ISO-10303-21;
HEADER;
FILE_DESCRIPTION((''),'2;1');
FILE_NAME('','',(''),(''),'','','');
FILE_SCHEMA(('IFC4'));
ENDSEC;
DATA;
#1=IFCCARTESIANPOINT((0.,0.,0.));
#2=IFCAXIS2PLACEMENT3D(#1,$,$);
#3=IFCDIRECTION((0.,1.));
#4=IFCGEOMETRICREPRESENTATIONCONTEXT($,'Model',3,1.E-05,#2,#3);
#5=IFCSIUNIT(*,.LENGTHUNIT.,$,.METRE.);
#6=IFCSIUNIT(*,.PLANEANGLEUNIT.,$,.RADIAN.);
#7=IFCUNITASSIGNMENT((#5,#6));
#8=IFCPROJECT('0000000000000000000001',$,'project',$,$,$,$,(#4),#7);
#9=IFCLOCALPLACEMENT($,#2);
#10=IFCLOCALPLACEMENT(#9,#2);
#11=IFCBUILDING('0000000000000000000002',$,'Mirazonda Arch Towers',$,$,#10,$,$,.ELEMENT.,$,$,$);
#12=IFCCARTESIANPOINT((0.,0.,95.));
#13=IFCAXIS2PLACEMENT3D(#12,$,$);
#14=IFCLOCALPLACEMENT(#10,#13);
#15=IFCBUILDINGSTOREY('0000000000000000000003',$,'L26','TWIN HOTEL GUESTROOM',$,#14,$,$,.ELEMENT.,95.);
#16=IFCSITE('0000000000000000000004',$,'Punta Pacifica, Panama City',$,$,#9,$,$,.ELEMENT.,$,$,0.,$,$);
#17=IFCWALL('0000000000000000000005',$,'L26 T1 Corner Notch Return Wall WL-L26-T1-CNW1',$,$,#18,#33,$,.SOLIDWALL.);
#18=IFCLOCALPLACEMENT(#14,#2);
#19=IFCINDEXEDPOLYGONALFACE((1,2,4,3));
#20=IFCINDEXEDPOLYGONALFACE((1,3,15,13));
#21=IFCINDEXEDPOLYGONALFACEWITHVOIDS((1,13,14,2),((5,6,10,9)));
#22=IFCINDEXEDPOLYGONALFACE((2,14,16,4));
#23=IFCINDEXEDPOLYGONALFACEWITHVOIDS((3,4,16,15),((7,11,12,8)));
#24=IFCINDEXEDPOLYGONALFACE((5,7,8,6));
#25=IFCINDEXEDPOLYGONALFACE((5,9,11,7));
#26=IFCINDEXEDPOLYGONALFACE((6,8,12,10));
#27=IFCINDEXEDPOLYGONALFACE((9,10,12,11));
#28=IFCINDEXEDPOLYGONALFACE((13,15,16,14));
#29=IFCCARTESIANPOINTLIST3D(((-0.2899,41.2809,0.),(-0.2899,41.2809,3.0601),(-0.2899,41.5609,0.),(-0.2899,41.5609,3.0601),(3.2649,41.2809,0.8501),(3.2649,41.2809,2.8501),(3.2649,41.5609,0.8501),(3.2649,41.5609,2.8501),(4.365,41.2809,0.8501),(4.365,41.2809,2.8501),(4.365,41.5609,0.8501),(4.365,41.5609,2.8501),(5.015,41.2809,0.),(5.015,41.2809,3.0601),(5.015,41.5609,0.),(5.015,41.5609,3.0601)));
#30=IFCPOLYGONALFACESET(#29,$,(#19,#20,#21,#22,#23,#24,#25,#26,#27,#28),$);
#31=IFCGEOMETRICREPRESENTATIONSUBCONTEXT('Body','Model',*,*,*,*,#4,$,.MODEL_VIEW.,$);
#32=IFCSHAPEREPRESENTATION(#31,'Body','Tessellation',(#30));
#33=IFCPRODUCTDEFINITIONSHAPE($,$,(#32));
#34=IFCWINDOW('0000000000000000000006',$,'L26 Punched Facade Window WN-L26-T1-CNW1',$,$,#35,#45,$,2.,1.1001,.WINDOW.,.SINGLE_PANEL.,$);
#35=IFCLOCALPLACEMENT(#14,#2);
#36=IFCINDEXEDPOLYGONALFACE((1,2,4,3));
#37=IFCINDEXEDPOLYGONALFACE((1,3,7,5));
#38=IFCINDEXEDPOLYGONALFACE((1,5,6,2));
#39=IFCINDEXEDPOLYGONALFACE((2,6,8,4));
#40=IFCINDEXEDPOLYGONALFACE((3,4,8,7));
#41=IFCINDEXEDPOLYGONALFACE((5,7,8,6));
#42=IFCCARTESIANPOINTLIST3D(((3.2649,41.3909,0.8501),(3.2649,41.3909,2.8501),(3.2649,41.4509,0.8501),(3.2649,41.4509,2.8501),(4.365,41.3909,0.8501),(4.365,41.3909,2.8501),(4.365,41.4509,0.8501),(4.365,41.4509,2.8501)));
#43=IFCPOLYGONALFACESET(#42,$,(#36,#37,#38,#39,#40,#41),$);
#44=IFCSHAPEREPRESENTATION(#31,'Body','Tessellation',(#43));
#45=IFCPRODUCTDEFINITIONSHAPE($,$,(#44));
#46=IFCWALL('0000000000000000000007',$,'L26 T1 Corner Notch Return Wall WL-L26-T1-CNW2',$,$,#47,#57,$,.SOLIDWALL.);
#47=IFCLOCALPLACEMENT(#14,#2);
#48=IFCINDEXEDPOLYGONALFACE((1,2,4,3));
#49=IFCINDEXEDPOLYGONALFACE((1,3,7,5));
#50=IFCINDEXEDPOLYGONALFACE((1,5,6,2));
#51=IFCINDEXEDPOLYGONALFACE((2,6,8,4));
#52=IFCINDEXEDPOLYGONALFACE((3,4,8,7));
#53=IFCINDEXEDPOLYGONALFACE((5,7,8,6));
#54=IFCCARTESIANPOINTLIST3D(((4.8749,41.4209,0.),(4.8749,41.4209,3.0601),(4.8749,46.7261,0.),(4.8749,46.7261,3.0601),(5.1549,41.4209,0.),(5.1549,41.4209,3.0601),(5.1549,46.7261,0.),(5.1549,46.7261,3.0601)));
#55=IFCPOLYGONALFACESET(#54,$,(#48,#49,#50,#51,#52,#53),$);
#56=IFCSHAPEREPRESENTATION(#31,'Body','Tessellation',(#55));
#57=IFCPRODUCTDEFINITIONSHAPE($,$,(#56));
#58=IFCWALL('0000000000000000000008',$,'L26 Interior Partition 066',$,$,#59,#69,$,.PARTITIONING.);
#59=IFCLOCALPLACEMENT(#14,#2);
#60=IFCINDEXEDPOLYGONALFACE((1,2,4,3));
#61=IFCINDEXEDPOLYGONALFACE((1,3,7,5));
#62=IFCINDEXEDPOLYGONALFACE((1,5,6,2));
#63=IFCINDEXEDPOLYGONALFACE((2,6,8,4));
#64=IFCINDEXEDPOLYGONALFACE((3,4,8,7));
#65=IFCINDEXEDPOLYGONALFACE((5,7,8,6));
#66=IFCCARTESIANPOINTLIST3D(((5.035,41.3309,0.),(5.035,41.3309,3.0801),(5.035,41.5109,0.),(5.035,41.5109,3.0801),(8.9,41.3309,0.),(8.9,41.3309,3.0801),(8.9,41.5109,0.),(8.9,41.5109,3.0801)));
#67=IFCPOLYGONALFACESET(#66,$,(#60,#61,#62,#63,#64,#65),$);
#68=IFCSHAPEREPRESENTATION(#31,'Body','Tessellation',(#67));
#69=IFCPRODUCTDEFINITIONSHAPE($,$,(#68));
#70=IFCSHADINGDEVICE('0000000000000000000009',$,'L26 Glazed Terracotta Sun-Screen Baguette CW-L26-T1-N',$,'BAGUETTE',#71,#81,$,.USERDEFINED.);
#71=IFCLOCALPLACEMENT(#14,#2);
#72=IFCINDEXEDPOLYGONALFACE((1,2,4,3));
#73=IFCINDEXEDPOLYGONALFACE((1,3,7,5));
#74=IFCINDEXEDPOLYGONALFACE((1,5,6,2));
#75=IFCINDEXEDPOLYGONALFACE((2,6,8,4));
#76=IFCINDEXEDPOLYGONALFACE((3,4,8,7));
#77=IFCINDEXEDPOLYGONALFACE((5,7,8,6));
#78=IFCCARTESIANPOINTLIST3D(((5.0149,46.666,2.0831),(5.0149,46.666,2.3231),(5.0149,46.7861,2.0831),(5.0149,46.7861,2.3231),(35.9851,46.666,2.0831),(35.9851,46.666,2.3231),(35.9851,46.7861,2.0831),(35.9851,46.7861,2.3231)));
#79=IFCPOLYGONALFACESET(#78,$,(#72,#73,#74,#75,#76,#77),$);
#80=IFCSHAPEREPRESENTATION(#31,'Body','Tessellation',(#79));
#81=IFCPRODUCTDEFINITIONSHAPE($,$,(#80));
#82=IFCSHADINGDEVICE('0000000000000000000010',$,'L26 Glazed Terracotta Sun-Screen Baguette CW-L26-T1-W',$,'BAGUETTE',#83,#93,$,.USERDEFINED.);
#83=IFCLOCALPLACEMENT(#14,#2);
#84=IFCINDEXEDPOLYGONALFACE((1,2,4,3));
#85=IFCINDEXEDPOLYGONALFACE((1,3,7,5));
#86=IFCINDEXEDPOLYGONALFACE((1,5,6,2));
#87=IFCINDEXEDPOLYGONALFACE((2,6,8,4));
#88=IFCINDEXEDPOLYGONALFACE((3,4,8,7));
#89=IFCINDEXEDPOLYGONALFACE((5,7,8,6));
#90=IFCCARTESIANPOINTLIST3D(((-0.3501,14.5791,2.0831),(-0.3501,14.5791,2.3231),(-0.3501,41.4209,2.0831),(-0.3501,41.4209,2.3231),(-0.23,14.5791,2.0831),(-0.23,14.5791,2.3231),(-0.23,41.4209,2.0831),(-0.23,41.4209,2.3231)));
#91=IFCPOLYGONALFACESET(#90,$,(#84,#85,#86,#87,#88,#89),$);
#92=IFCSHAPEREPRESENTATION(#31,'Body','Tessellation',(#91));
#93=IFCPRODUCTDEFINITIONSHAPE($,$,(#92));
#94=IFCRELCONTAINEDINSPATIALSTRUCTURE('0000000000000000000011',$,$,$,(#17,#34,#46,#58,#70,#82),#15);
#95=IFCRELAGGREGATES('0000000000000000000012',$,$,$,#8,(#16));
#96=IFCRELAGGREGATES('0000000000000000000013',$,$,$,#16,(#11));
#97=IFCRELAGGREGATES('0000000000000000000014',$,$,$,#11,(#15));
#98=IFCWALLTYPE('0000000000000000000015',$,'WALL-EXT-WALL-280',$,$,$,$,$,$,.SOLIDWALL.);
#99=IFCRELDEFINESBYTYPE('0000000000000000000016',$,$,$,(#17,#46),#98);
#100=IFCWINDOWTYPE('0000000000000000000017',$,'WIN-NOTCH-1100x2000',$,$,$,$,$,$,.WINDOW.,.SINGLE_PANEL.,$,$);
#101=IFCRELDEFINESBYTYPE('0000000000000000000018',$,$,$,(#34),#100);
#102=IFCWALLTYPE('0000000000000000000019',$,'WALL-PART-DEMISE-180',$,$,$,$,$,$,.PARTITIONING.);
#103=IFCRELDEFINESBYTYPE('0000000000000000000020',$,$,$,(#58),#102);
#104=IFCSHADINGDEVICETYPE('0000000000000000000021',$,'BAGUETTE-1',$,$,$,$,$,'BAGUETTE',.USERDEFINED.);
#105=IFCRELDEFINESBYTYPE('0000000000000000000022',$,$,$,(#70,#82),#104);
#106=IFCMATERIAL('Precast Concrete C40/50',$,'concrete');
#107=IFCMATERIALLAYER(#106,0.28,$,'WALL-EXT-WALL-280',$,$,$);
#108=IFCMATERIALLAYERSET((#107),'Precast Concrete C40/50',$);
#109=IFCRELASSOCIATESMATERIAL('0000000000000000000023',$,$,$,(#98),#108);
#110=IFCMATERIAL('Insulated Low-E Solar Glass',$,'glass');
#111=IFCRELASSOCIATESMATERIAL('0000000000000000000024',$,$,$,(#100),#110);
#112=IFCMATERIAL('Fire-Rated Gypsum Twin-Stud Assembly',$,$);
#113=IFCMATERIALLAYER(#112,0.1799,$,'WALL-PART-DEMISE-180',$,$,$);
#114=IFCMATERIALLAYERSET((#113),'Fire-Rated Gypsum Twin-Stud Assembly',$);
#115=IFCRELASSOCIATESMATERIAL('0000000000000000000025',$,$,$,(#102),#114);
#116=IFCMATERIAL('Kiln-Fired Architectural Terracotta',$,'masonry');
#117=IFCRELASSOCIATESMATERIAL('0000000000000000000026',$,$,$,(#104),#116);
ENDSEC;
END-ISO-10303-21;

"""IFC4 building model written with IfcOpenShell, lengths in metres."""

from ifc_helpers import new_model, si_unit, direction, frame, frame_2d, origin, origin_2d, place, context, subcontext, project, spatial, rectangle, extrude, material, layer, layer_set, material_profile, profile_set, type_object, element, fill, save


model = new_model("IFC4")

# Units and contexts
model_context = context("Model", 3, precision=1e-05, world=origin(), true_north=direction((0.0, 1.0)))
body_context = subcontext(model_context, "Body", "Model", "MODEL_VIEW")
ifc_project = project(units=[si_unit("LENGTHUNIT", "METRE"), si_unit("PLANEANGLEUNIT", "RADIAN")], contexts=[model_context])

# Site, building, storey
site_placement = place(None, origin())
site = spatial("IfcSite", under=ifc_project, at=site_placement, Name="Punta Pacifica, Panama City", CompositionType="ELEMENT", RefElevation=0.0)
building_placement = place(site_placement, origin())
building = spatial("IfcBuilding", under=site, at=building_placement, Name="Mirazonda Arch Towers", CompositionType="ELEMENT")
storey_placement = place(building_placement, frame((0.0, 0.0, 95.0)))
storey = spatial("IfcBuildingStorey", under=building, at=storey_placement, Name="L26", Description="TWIN HOTEL GUESTROOM", CompositionType="ELEMENT", Elevation=95.0)

# Shared definitions
ifc_material_1 = material(Name="Insulated Low-E Solar Glass", Category="glass")

# Wall, opening, window
ifc_material_2 = material(Name="Precast Concrete C40/50", Category="concrete")
ifc_layer_1 = layer(ifc_material_2, 0.28, Name="WALL-EXT-WALL-280")
ifc_layer_set_1 = layer_set([ifc_layer_1], Name="Precast Concrete C40/50")
wall_type_1 = type_object("IfcWallType", Name="WALL-EXT-WALL-280", PredefinedType="SOLIDWALL", material=ifc_layer_set_1)
wall_1_placement = place(storey_placement, frame((5.0149, 41.4209, 0.0), z_axis=(0.0, 0.0, 1.0), x_axis=(-1.0, 0.0, 0.0)))
wall_1 = element("IfcWall", 1, at=wall_1_placement, inside=storey, type_object=wall_type_1, Name="L26 T1 Corner Notch Return Wall WL-L26-T1-CNW1", PredefinedType="SOLIDWALL", context=body_context, shape_type="SweptSolid", body=[
    extrude(rectangle(XDim=5.3049, YDim=0.28, at=frame_2d((2.6523, 0.0))), origin(), (0.0, 0.0, 1.0), 3.0601),
])
opening_1_placement = place(wall_1_placement, frame((0.6499, 0.0, 0.8501)))
opening_1 = element("IfcOpeningElement", 2, at=opening_1_placement, cuts=wall_1, PredefinedType="OPENING", context=body_context, shape_type="SweptSolid", body=[
    extrude(rectangle(XDim=1.1001, YDim=2.0, at=frame_2d((0.55, 1.0))), frame((0.0, 0.1499, 0.0), z_axis=(0.0, -1.0, 0.0), x_axis=(1.0, 0.0, 0.0)), (0.0, 0.0, 1.0), 0.3),
])
window_type = type_object("IfcWindowType", Name="WIN-NOTCH-1100x2000", PartitioningType="SINGLE_PANEL", PredefinedType="WINDOW", material=ifc_material_1)
window_placement = place(opening_1_placement, origin())
window = element("IfcWindow", 3, at=window_placement, inside=storey, type_object=window_type, Name="L26 Punched Facade Window WN-L26-T1-CNW1", OverallHeight=2.0, OverallWidth=1.1001, PartitioningType="SINGLE_PANEL", PredefinedType="WINDOW", context=body_context, shape_type="SweptSolid", body=[
    extrude(rectangle(XDim=1.1001, YDim=2.0, at=frame_2d((0.55, 1.0))), frame((0.0, 0.03, 0.0), z_axis=(0.0, -1.0, 0.0), x_axis=(1.0, 0.0, 0.0)), (0.0, 0.0, 1.0), 0.0601),
])
fill(opening_1, window)

# Walls
wall_2_placement = place(storey_placement, frame((5.0149, 46.7261, 0.0), z_axis=(0.0, 0.0, 1.0), x_axis=(0.0, -1.0, 0.0)))
element("IfcWall", 4, at=wall_2_placement, inside=storey, type_object=wall_type_1, Name="L26 T1 Corner Notch Return Wall WL-L26-T1-CNW2", PredefinedType="SOLIDWALL", context=body_context, shape_type="SweptSolid", body=[
    extrude(rectangle(XDim=5.3052, YDim=0.28, at=frame_2d((2.6526, 0.0))), origin(), (0.0, 0.0, 1.0), 3.0601),
])
ifc_material_3 = material(Name="Fire-Rated Gypsum Twin-Stud Assembly")
ifc_layer_2 = layer(ifc_material_3, 0.1799, Name="WALL-PART-DEMISE-180")
ifc_layer_set_2 = layer_set([ifc_layer_2], Name="Fire-Rated Gypsum Twin-Stud Assembly")
wall_type_2 = type_object("IfcWallType", Name="WALL-PART-DEMISE-180", PredefinedType="PARTITIONING", material=ifc_layer_set_2)
wall_3_placement = place(storey_placement, frame((5.0349, 41.4209, 0.0), z_axis=(0.0, 0.0, 1.0), x_axis=(1.0, 0.0, 0.0)))
element("IfcWall", 5, at=wall_3_placement, inside=storey, type_object=wall_type_2, Name="L26 Interior Partition 066", PredefinedType="PARTITIONING", context=body_context, shape_type="SweptSolid", body=[
    extrude(rectangle(XDim=3.865, YDim=0.1799, at=frame_2d((1.9326, 0.0))), origin(), (0.0, 0.0, 1.0), 3.0801),
])

# Shading devices
ifc_material_4 = material(Name="Kiln-Fired Architectural Terracotta", Category="masonry")
ifc_material_profile_1 = material_profile(ifc_material_4, rectangle(XDim=0.1201, YDim=0.24, at=origin_2d()), Name="TERRA-BAG-120x240")
ifc_profile_set_1 = profile_set([ifc_material_profile_1], Name="Kiln-Fired Architectural Terracotta")
shading_device_type = type_object("IfcShadingDeviceType", Name="BAGUETTE-1", ElementType="BAGUETTE", PredefinedType="USERDEFINED", material=ifc_profile_set_1)
shading_device_1_placement = place(storey_placement, frame((5.0149, 46.7261, 2.2031), z_axis=(1.0, 0.0, 0.0), x_axis=(0.0, 1.0, 0.0)))
element("IfcShadingDevice", 6, at=shading_device_1_placement, inside=storey, type_object=shading_device_type, Name="L26 Glazed Terracotta Sun-Screen Baguette CW-L26-T1-N", ObjectType="BAGUETTE", PredefinedType="USERDEFINED", context=body_context, shape_type="SweptSolid", body=[
    extrude(rectangle(XDim=0.1201, YDim=0.24, at=origin_2d()), origin(), (0.0, 0.0, 1.0), 30.9702),
])
shading_device_2_placement = place(storey_placement, frame((-0.29, 41.4209, 2.2031), z_axis=(0.0, -1.0, 0.0), x_axis=(1.0, 0.0, 0.0)))
element("IfcShadingDevice", 7, at=shading_device_2_placement, inside=storey, type_object=shading_device_type, Name="L26 Glazed Terracotta Sun-Screen Baguette CW-L26-T1-W", ObjectType="BAGUETTE", PredefinedType="USERDEFINED", context=body_context, shape_type="SweptSolid", body=[
    extrude(rectangle(XDim=0.1201, YDim=0.24, at=origin_2d()), origin(), (0.0, 0.0, 1.0), 26.8418),
])

save(model, "model.ifc")
